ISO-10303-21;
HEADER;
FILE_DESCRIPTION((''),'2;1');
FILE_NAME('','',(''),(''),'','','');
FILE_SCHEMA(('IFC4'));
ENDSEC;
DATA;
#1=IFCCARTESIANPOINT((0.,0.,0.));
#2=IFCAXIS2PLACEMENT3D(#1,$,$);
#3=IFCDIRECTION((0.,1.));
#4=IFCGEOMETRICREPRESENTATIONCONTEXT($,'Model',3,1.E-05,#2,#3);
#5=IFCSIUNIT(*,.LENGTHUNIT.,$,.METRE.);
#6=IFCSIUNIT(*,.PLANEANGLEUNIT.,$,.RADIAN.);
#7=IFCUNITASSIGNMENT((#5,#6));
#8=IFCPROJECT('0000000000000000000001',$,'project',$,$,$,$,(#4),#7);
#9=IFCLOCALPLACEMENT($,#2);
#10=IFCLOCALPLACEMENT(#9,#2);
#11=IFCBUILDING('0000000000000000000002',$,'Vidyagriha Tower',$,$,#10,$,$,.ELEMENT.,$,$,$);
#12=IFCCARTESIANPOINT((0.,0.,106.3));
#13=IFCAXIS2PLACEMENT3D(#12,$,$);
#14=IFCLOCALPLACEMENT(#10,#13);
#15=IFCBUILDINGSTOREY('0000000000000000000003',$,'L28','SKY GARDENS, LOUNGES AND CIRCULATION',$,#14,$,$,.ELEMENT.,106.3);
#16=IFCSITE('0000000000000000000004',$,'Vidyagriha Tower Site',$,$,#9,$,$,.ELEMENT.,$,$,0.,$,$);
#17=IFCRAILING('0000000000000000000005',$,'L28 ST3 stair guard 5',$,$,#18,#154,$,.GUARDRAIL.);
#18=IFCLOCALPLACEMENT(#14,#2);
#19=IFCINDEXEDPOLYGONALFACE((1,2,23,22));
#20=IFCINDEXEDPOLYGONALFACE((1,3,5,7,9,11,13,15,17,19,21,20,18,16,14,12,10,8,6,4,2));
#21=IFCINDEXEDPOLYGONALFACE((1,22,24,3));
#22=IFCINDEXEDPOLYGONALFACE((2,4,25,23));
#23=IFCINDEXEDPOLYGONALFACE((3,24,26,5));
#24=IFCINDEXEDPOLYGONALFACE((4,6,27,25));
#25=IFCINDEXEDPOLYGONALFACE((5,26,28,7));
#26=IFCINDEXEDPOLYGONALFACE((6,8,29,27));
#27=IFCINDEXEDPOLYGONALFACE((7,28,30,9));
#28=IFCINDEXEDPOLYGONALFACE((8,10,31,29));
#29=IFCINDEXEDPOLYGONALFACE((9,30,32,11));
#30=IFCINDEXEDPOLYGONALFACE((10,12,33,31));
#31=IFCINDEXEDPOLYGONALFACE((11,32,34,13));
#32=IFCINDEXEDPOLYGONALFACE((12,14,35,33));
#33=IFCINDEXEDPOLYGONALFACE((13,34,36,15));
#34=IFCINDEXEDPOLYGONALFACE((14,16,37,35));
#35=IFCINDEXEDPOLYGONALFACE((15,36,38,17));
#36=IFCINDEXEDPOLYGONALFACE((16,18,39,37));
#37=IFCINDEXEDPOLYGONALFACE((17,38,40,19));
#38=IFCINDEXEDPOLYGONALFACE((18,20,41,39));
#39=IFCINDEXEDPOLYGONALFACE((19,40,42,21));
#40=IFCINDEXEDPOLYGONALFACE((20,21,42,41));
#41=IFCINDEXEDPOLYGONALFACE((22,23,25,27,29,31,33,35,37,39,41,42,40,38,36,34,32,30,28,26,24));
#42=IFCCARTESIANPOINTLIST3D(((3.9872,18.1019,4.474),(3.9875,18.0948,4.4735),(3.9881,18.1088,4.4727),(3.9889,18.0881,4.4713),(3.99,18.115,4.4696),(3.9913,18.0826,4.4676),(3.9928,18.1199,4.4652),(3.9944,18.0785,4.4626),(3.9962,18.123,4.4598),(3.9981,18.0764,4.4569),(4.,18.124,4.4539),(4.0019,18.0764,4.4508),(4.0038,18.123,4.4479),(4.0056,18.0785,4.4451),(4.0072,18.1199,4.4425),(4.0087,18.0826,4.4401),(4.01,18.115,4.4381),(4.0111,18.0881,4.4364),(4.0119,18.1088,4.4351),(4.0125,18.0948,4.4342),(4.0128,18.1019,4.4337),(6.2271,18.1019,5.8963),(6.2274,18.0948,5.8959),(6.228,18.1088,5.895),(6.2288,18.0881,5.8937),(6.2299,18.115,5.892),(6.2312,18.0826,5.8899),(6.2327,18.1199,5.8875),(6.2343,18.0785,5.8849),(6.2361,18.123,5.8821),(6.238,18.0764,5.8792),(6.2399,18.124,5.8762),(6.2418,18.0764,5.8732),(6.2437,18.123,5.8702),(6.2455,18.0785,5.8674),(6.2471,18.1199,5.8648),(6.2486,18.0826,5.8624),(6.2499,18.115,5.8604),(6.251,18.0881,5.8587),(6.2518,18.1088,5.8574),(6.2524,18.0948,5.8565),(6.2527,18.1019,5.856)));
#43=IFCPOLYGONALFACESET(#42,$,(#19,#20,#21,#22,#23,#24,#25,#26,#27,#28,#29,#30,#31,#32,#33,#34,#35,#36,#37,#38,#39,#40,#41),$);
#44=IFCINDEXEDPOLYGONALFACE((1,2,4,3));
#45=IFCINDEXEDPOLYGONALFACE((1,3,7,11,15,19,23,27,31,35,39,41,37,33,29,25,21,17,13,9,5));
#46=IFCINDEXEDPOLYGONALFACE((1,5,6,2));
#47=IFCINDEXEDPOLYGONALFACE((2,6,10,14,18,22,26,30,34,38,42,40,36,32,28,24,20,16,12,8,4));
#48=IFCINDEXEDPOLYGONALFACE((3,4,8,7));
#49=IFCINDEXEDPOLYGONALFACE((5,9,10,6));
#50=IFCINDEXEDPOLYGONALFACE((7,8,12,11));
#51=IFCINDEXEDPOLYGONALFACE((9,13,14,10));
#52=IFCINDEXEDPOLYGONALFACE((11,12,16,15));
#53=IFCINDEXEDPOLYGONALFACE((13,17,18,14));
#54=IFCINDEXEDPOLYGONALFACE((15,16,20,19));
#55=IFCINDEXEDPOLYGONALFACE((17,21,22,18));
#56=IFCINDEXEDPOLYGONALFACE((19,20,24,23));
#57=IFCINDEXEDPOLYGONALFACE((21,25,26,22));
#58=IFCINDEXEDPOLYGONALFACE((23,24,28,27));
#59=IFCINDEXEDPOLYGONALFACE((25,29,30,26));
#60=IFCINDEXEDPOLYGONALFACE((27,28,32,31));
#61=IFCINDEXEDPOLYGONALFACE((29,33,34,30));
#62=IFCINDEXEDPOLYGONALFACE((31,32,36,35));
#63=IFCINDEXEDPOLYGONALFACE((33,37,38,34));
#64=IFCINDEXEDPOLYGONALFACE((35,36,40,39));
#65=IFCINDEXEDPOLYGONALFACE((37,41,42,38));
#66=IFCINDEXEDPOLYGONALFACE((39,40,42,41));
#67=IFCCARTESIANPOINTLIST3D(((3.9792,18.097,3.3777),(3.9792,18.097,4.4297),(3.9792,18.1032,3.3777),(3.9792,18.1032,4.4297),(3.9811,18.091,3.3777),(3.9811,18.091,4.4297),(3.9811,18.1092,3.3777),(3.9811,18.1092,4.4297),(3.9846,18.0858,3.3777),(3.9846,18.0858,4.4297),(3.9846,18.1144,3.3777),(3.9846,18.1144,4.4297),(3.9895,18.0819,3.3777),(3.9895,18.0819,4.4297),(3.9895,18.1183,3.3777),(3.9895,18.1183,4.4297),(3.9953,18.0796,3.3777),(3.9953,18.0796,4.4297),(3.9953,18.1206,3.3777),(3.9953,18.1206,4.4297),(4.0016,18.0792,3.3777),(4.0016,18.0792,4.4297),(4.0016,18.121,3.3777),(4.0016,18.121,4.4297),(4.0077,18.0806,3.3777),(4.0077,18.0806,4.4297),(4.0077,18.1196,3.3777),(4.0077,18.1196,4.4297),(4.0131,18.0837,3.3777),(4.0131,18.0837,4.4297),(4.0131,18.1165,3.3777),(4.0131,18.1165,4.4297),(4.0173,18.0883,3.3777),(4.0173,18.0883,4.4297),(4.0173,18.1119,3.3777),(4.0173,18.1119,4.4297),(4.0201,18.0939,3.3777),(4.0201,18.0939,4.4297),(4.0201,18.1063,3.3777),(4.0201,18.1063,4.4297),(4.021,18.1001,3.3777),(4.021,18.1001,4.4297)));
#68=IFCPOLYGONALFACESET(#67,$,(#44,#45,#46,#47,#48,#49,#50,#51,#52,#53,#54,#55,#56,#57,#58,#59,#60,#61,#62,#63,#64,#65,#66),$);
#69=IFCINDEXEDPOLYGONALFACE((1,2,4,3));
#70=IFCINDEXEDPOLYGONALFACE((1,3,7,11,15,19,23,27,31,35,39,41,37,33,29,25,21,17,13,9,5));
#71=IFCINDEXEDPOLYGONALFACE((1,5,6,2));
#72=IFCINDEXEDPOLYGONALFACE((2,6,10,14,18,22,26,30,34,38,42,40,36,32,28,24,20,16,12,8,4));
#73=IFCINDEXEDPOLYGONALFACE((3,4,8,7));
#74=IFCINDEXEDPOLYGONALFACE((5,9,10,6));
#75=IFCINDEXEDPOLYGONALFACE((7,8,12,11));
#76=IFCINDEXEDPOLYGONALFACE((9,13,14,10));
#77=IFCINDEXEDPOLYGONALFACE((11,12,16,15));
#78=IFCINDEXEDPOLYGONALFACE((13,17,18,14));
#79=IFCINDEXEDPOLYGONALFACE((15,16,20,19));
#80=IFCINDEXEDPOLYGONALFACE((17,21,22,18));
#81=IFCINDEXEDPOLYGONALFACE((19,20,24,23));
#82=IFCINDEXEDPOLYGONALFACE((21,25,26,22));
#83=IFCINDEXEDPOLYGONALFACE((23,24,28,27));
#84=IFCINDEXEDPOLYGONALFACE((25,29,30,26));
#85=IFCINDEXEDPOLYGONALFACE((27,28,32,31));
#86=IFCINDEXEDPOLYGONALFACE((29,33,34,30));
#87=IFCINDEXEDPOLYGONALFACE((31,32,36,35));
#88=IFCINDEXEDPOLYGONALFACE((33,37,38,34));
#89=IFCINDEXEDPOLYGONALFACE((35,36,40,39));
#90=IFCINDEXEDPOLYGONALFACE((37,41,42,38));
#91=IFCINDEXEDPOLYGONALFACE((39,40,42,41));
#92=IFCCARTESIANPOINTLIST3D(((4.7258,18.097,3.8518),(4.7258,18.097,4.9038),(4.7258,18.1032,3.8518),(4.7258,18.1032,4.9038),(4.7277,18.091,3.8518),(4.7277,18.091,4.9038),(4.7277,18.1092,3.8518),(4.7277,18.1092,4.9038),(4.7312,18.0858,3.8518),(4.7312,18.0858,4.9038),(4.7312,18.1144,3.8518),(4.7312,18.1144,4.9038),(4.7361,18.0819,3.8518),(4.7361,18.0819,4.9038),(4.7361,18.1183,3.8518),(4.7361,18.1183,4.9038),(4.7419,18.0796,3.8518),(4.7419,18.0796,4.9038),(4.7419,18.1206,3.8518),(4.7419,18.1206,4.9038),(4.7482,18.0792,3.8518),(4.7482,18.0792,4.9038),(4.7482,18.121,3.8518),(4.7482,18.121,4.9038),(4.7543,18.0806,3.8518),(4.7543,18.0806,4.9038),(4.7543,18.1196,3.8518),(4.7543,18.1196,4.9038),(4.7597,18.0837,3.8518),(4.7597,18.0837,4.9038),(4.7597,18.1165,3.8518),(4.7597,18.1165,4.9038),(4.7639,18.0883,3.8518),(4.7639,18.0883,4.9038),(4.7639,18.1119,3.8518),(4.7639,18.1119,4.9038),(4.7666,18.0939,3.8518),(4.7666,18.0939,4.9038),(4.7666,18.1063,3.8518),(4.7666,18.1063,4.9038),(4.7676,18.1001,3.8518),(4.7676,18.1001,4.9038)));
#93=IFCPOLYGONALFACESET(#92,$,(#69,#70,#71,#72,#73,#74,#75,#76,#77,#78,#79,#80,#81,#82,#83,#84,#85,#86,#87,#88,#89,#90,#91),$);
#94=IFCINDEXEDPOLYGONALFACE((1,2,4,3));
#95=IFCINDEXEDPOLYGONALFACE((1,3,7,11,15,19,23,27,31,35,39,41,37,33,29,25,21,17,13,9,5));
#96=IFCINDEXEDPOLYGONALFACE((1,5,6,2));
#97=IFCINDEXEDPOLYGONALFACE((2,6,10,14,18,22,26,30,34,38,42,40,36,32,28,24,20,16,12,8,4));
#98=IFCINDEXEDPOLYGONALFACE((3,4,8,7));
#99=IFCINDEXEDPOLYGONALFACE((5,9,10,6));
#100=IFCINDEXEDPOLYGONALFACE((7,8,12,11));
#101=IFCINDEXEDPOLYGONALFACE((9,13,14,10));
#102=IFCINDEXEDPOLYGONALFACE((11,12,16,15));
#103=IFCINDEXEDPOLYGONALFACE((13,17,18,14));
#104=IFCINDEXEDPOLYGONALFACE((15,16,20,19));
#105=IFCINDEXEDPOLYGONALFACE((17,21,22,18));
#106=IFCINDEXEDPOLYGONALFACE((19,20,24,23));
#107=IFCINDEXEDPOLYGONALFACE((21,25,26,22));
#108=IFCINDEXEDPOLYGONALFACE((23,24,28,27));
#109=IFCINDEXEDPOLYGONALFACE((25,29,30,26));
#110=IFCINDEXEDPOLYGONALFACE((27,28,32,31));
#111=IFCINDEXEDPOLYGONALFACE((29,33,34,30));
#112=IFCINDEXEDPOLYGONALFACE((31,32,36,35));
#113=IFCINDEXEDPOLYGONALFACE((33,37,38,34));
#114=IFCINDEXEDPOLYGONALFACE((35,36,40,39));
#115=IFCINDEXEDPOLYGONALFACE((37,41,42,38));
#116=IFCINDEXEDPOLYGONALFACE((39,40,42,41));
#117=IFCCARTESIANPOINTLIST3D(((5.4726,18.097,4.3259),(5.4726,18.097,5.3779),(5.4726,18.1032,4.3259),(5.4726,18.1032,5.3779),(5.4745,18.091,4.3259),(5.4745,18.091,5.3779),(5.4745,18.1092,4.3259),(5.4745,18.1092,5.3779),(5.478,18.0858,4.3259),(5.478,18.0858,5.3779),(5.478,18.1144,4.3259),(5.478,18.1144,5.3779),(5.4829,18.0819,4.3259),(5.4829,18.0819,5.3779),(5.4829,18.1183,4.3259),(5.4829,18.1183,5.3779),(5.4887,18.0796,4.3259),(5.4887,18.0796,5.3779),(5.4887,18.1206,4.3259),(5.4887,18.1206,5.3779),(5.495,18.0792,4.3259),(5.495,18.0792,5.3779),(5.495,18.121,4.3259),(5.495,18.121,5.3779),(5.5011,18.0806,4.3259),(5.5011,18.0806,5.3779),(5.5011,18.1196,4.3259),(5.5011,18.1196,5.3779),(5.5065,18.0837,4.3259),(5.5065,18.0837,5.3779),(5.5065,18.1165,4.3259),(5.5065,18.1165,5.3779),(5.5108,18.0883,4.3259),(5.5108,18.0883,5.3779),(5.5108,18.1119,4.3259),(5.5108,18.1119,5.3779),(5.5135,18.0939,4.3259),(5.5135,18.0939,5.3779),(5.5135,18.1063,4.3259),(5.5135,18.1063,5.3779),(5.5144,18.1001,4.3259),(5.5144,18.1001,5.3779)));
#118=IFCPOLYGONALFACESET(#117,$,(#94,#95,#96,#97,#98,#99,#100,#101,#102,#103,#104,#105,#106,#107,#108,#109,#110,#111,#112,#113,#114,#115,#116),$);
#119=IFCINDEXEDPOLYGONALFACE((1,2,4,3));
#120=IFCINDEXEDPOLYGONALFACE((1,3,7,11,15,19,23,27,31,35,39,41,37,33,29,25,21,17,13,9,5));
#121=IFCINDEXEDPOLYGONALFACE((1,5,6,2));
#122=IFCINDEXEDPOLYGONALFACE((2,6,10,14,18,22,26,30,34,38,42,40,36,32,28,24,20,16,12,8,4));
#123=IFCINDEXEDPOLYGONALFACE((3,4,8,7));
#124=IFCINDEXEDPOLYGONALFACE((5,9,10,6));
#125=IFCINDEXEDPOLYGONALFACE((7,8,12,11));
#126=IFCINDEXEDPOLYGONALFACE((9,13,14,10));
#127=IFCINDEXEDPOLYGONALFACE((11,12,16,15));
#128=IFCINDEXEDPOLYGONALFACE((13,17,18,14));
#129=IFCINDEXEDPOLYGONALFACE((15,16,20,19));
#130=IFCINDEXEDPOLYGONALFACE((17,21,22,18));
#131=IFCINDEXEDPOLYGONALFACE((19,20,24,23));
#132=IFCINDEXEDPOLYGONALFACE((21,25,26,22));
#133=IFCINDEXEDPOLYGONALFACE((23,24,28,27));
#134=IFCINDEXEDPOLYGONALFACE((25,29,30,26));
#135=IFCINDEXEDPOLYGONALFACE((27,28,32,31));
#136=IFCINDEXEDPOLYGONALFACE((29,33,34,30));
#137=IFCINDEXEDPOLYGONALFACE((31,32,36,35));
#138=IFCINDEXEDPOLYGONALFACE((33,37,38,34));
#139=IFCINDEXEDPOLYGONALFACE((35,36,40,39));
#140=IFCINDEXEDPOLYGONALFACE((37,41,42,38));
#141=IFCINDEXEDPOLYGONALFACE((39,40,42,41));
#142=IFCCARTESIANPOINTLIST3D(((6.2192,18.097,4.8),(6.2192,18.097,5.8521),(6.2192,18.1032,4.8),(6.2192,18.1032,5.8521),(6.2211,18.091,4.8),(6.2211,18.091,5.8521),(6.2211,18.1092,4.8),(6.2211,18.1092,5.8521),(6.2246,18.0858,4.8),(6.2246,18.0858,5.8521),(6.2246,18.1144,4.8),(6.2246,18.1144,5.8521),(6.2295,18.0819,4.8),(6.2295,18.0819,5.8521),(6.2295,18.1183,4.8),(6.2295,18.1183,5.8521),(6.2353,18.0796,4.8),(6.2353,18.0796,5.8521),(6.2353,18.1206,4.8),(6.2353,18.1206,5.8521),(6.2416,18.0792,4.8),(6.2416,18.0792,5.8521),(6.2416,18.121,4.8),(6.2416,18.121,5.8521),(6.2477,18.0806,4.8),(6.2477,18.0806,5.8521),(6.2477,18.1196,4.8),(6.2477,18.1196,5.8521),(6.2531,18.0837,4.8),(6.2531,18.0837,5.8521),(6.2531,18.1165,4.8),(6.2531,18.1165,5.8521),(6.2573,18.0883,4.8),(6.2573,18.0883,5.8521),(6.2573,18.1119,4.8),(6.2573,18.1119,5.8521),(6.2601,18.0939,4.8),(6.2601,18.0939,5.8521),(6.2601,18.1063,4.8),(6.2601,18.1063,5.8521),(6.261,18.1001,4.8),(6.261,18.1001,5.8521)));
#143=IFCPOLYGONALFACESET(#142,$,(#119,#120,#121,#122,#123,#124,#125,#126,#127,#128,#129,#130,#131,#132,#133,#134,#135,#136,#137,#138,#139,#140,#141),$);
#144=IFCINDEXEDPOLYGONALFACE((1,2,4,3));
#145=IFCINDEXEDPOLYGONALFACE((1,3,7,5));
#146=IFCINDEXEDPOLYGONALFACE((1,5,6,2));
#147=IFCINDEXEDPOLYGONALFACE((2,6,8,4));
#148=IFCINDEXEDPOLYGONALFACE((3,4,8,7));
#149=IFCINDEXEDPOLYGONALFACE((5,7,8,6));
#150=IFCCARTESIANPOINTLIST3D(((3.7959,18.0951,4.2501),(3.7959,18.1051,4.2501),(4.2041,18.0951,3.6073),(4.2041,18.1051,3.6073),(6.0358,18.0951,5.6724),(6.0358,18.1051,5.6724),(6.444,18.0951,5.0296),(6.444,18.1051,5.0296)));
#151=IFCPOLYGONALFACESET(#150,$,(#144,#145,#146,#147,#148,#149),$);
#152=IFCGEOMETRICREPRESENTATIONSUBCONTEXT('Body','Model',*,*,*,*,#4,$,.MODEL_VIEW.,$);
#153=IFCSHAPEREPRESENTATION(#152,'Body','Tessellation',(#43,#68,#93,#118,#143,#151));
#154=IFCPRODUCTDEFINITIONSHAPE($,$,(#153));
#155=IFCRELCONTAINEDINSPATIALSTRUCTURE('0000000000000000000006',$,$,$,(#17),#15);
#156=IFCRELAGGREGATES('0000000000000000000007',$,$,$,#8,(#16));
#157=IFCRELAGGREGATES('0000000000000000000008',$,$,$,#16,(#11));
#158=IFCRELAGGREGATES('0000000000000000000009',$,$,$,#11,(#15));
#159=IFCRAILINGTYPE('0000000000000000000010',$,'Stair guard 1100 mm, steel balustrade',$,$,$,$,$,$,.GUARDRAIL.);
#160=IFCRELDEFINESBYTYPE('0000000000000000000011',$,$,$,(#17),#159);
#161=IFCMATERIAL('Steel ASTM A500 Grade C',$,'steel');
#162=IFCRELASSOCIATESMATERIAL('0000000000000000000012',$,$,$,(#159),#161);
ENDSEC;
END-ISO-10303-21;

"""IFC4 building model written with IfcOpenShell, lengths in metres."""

from ifc_helpers import new_model, si_unit, direction, frame, origin, origin_2d, place, context, subcontext, project, spatial, rectangle, circle, extrude, material, type_object, element, save


model = new_model("IFC4")

# Units and contexts
model_context = context("Model", 3, precision=1e-05, world=origin(), true_north=direction((0.0, 1.0)))
body_context = subcontext(model_context, "Body", "Model", "MODEL_VIEW")
ifc_project = project(units=[si_unit("LENGTHUNIT", "METRE"), si_unit("PLANEANGLEUNIT", "RADIAN")], contexts=[model_context])

# Site, building, storey
site_placement = place(None, origin())
site = spatial("IfcSite", under=ifc_project, at=site_placement, Name="Vidyagriha Tower Site", CompositionType="ELEMENT", RefElevation=0.0)
building_placement = place(site_placement, origin())
building = spatial("IfcBuilding", under=site, at=building_placement, Name="Vidyagriha Tower", CompositionType="ELEMENT")
storey_placement = place(building_placement, frame((0.0, 0.0, 106.3)))
storey = spatial("IfcBuildingStorey", under=building, at=storey_placement, Name="L28", Description="SKY GARDENS, LOUNGES AND CIRCULATION", CompositionType="ELEMENT", Elevation=106.3)

# Railing
ifc_material_1 = material(Name="Steel ASTM A500 Grade C", Category="steel")
railing_type_1 = type_object("IfcRailingType", Name="Stair guard 1100 mm, steel balustrade", PredefinedType="GUARDRAIL", material=ifc_material_1)
railing_1_placement = place(storey_placement, frame((4.0, 18.1001, 3.3777)))
element("IfcRailing", 1, at=railing_1_placement, inside=storey, type_object=railing_type_1, Name="L28 ST3 stair guard 5", PredefinedType="GUARDRAIL", context=body_context, shape_type="SweptSolid", body=[
    extrude(circle(Radius=0.0239, at=origin_2d()), frame((0.0, 0.0, 1.0762), z_axis=(0.844188, 0.0, 0.536048), x_axis=(0.0, 1.0, 0.0)), (0.0, 0.0, 1.0), 2.6533),
    extrude(circle(Radius=0.021, at=origin_2d()), origin(), (0.0, 0.0, 1.0), 1.052),
    extrude(circle(Radius=0.021, at=origin_2d()), frame((0.7466, 0.0, 0.4741)), (0.0, 0.0, 1.0), 1.052),
    extrude(circle(Radius=0.021, at=origin_2d()), frame((1.4934, 0.0, 0.9482)), (0.0, 0.0, 1.0), 1.052),
    extrude(circle(Radius=0.021, at=origin_2d()), frame((2.24, 0.0, 1.4224)), (0.0, 0.0, 1.0), 1.052),
    extrude(rectangle(XDim=0.01, YDim=0.7615, at=origin_2d()), frame((0.0, 0.0, 0.551), z_axis=(0.844188, 0.0, 0.536048), x_axis=(0.0, 1.0, 0.0)), (0.0, 0.0, 1.0), 2.6533),
])

save(model, "model.ifc")
